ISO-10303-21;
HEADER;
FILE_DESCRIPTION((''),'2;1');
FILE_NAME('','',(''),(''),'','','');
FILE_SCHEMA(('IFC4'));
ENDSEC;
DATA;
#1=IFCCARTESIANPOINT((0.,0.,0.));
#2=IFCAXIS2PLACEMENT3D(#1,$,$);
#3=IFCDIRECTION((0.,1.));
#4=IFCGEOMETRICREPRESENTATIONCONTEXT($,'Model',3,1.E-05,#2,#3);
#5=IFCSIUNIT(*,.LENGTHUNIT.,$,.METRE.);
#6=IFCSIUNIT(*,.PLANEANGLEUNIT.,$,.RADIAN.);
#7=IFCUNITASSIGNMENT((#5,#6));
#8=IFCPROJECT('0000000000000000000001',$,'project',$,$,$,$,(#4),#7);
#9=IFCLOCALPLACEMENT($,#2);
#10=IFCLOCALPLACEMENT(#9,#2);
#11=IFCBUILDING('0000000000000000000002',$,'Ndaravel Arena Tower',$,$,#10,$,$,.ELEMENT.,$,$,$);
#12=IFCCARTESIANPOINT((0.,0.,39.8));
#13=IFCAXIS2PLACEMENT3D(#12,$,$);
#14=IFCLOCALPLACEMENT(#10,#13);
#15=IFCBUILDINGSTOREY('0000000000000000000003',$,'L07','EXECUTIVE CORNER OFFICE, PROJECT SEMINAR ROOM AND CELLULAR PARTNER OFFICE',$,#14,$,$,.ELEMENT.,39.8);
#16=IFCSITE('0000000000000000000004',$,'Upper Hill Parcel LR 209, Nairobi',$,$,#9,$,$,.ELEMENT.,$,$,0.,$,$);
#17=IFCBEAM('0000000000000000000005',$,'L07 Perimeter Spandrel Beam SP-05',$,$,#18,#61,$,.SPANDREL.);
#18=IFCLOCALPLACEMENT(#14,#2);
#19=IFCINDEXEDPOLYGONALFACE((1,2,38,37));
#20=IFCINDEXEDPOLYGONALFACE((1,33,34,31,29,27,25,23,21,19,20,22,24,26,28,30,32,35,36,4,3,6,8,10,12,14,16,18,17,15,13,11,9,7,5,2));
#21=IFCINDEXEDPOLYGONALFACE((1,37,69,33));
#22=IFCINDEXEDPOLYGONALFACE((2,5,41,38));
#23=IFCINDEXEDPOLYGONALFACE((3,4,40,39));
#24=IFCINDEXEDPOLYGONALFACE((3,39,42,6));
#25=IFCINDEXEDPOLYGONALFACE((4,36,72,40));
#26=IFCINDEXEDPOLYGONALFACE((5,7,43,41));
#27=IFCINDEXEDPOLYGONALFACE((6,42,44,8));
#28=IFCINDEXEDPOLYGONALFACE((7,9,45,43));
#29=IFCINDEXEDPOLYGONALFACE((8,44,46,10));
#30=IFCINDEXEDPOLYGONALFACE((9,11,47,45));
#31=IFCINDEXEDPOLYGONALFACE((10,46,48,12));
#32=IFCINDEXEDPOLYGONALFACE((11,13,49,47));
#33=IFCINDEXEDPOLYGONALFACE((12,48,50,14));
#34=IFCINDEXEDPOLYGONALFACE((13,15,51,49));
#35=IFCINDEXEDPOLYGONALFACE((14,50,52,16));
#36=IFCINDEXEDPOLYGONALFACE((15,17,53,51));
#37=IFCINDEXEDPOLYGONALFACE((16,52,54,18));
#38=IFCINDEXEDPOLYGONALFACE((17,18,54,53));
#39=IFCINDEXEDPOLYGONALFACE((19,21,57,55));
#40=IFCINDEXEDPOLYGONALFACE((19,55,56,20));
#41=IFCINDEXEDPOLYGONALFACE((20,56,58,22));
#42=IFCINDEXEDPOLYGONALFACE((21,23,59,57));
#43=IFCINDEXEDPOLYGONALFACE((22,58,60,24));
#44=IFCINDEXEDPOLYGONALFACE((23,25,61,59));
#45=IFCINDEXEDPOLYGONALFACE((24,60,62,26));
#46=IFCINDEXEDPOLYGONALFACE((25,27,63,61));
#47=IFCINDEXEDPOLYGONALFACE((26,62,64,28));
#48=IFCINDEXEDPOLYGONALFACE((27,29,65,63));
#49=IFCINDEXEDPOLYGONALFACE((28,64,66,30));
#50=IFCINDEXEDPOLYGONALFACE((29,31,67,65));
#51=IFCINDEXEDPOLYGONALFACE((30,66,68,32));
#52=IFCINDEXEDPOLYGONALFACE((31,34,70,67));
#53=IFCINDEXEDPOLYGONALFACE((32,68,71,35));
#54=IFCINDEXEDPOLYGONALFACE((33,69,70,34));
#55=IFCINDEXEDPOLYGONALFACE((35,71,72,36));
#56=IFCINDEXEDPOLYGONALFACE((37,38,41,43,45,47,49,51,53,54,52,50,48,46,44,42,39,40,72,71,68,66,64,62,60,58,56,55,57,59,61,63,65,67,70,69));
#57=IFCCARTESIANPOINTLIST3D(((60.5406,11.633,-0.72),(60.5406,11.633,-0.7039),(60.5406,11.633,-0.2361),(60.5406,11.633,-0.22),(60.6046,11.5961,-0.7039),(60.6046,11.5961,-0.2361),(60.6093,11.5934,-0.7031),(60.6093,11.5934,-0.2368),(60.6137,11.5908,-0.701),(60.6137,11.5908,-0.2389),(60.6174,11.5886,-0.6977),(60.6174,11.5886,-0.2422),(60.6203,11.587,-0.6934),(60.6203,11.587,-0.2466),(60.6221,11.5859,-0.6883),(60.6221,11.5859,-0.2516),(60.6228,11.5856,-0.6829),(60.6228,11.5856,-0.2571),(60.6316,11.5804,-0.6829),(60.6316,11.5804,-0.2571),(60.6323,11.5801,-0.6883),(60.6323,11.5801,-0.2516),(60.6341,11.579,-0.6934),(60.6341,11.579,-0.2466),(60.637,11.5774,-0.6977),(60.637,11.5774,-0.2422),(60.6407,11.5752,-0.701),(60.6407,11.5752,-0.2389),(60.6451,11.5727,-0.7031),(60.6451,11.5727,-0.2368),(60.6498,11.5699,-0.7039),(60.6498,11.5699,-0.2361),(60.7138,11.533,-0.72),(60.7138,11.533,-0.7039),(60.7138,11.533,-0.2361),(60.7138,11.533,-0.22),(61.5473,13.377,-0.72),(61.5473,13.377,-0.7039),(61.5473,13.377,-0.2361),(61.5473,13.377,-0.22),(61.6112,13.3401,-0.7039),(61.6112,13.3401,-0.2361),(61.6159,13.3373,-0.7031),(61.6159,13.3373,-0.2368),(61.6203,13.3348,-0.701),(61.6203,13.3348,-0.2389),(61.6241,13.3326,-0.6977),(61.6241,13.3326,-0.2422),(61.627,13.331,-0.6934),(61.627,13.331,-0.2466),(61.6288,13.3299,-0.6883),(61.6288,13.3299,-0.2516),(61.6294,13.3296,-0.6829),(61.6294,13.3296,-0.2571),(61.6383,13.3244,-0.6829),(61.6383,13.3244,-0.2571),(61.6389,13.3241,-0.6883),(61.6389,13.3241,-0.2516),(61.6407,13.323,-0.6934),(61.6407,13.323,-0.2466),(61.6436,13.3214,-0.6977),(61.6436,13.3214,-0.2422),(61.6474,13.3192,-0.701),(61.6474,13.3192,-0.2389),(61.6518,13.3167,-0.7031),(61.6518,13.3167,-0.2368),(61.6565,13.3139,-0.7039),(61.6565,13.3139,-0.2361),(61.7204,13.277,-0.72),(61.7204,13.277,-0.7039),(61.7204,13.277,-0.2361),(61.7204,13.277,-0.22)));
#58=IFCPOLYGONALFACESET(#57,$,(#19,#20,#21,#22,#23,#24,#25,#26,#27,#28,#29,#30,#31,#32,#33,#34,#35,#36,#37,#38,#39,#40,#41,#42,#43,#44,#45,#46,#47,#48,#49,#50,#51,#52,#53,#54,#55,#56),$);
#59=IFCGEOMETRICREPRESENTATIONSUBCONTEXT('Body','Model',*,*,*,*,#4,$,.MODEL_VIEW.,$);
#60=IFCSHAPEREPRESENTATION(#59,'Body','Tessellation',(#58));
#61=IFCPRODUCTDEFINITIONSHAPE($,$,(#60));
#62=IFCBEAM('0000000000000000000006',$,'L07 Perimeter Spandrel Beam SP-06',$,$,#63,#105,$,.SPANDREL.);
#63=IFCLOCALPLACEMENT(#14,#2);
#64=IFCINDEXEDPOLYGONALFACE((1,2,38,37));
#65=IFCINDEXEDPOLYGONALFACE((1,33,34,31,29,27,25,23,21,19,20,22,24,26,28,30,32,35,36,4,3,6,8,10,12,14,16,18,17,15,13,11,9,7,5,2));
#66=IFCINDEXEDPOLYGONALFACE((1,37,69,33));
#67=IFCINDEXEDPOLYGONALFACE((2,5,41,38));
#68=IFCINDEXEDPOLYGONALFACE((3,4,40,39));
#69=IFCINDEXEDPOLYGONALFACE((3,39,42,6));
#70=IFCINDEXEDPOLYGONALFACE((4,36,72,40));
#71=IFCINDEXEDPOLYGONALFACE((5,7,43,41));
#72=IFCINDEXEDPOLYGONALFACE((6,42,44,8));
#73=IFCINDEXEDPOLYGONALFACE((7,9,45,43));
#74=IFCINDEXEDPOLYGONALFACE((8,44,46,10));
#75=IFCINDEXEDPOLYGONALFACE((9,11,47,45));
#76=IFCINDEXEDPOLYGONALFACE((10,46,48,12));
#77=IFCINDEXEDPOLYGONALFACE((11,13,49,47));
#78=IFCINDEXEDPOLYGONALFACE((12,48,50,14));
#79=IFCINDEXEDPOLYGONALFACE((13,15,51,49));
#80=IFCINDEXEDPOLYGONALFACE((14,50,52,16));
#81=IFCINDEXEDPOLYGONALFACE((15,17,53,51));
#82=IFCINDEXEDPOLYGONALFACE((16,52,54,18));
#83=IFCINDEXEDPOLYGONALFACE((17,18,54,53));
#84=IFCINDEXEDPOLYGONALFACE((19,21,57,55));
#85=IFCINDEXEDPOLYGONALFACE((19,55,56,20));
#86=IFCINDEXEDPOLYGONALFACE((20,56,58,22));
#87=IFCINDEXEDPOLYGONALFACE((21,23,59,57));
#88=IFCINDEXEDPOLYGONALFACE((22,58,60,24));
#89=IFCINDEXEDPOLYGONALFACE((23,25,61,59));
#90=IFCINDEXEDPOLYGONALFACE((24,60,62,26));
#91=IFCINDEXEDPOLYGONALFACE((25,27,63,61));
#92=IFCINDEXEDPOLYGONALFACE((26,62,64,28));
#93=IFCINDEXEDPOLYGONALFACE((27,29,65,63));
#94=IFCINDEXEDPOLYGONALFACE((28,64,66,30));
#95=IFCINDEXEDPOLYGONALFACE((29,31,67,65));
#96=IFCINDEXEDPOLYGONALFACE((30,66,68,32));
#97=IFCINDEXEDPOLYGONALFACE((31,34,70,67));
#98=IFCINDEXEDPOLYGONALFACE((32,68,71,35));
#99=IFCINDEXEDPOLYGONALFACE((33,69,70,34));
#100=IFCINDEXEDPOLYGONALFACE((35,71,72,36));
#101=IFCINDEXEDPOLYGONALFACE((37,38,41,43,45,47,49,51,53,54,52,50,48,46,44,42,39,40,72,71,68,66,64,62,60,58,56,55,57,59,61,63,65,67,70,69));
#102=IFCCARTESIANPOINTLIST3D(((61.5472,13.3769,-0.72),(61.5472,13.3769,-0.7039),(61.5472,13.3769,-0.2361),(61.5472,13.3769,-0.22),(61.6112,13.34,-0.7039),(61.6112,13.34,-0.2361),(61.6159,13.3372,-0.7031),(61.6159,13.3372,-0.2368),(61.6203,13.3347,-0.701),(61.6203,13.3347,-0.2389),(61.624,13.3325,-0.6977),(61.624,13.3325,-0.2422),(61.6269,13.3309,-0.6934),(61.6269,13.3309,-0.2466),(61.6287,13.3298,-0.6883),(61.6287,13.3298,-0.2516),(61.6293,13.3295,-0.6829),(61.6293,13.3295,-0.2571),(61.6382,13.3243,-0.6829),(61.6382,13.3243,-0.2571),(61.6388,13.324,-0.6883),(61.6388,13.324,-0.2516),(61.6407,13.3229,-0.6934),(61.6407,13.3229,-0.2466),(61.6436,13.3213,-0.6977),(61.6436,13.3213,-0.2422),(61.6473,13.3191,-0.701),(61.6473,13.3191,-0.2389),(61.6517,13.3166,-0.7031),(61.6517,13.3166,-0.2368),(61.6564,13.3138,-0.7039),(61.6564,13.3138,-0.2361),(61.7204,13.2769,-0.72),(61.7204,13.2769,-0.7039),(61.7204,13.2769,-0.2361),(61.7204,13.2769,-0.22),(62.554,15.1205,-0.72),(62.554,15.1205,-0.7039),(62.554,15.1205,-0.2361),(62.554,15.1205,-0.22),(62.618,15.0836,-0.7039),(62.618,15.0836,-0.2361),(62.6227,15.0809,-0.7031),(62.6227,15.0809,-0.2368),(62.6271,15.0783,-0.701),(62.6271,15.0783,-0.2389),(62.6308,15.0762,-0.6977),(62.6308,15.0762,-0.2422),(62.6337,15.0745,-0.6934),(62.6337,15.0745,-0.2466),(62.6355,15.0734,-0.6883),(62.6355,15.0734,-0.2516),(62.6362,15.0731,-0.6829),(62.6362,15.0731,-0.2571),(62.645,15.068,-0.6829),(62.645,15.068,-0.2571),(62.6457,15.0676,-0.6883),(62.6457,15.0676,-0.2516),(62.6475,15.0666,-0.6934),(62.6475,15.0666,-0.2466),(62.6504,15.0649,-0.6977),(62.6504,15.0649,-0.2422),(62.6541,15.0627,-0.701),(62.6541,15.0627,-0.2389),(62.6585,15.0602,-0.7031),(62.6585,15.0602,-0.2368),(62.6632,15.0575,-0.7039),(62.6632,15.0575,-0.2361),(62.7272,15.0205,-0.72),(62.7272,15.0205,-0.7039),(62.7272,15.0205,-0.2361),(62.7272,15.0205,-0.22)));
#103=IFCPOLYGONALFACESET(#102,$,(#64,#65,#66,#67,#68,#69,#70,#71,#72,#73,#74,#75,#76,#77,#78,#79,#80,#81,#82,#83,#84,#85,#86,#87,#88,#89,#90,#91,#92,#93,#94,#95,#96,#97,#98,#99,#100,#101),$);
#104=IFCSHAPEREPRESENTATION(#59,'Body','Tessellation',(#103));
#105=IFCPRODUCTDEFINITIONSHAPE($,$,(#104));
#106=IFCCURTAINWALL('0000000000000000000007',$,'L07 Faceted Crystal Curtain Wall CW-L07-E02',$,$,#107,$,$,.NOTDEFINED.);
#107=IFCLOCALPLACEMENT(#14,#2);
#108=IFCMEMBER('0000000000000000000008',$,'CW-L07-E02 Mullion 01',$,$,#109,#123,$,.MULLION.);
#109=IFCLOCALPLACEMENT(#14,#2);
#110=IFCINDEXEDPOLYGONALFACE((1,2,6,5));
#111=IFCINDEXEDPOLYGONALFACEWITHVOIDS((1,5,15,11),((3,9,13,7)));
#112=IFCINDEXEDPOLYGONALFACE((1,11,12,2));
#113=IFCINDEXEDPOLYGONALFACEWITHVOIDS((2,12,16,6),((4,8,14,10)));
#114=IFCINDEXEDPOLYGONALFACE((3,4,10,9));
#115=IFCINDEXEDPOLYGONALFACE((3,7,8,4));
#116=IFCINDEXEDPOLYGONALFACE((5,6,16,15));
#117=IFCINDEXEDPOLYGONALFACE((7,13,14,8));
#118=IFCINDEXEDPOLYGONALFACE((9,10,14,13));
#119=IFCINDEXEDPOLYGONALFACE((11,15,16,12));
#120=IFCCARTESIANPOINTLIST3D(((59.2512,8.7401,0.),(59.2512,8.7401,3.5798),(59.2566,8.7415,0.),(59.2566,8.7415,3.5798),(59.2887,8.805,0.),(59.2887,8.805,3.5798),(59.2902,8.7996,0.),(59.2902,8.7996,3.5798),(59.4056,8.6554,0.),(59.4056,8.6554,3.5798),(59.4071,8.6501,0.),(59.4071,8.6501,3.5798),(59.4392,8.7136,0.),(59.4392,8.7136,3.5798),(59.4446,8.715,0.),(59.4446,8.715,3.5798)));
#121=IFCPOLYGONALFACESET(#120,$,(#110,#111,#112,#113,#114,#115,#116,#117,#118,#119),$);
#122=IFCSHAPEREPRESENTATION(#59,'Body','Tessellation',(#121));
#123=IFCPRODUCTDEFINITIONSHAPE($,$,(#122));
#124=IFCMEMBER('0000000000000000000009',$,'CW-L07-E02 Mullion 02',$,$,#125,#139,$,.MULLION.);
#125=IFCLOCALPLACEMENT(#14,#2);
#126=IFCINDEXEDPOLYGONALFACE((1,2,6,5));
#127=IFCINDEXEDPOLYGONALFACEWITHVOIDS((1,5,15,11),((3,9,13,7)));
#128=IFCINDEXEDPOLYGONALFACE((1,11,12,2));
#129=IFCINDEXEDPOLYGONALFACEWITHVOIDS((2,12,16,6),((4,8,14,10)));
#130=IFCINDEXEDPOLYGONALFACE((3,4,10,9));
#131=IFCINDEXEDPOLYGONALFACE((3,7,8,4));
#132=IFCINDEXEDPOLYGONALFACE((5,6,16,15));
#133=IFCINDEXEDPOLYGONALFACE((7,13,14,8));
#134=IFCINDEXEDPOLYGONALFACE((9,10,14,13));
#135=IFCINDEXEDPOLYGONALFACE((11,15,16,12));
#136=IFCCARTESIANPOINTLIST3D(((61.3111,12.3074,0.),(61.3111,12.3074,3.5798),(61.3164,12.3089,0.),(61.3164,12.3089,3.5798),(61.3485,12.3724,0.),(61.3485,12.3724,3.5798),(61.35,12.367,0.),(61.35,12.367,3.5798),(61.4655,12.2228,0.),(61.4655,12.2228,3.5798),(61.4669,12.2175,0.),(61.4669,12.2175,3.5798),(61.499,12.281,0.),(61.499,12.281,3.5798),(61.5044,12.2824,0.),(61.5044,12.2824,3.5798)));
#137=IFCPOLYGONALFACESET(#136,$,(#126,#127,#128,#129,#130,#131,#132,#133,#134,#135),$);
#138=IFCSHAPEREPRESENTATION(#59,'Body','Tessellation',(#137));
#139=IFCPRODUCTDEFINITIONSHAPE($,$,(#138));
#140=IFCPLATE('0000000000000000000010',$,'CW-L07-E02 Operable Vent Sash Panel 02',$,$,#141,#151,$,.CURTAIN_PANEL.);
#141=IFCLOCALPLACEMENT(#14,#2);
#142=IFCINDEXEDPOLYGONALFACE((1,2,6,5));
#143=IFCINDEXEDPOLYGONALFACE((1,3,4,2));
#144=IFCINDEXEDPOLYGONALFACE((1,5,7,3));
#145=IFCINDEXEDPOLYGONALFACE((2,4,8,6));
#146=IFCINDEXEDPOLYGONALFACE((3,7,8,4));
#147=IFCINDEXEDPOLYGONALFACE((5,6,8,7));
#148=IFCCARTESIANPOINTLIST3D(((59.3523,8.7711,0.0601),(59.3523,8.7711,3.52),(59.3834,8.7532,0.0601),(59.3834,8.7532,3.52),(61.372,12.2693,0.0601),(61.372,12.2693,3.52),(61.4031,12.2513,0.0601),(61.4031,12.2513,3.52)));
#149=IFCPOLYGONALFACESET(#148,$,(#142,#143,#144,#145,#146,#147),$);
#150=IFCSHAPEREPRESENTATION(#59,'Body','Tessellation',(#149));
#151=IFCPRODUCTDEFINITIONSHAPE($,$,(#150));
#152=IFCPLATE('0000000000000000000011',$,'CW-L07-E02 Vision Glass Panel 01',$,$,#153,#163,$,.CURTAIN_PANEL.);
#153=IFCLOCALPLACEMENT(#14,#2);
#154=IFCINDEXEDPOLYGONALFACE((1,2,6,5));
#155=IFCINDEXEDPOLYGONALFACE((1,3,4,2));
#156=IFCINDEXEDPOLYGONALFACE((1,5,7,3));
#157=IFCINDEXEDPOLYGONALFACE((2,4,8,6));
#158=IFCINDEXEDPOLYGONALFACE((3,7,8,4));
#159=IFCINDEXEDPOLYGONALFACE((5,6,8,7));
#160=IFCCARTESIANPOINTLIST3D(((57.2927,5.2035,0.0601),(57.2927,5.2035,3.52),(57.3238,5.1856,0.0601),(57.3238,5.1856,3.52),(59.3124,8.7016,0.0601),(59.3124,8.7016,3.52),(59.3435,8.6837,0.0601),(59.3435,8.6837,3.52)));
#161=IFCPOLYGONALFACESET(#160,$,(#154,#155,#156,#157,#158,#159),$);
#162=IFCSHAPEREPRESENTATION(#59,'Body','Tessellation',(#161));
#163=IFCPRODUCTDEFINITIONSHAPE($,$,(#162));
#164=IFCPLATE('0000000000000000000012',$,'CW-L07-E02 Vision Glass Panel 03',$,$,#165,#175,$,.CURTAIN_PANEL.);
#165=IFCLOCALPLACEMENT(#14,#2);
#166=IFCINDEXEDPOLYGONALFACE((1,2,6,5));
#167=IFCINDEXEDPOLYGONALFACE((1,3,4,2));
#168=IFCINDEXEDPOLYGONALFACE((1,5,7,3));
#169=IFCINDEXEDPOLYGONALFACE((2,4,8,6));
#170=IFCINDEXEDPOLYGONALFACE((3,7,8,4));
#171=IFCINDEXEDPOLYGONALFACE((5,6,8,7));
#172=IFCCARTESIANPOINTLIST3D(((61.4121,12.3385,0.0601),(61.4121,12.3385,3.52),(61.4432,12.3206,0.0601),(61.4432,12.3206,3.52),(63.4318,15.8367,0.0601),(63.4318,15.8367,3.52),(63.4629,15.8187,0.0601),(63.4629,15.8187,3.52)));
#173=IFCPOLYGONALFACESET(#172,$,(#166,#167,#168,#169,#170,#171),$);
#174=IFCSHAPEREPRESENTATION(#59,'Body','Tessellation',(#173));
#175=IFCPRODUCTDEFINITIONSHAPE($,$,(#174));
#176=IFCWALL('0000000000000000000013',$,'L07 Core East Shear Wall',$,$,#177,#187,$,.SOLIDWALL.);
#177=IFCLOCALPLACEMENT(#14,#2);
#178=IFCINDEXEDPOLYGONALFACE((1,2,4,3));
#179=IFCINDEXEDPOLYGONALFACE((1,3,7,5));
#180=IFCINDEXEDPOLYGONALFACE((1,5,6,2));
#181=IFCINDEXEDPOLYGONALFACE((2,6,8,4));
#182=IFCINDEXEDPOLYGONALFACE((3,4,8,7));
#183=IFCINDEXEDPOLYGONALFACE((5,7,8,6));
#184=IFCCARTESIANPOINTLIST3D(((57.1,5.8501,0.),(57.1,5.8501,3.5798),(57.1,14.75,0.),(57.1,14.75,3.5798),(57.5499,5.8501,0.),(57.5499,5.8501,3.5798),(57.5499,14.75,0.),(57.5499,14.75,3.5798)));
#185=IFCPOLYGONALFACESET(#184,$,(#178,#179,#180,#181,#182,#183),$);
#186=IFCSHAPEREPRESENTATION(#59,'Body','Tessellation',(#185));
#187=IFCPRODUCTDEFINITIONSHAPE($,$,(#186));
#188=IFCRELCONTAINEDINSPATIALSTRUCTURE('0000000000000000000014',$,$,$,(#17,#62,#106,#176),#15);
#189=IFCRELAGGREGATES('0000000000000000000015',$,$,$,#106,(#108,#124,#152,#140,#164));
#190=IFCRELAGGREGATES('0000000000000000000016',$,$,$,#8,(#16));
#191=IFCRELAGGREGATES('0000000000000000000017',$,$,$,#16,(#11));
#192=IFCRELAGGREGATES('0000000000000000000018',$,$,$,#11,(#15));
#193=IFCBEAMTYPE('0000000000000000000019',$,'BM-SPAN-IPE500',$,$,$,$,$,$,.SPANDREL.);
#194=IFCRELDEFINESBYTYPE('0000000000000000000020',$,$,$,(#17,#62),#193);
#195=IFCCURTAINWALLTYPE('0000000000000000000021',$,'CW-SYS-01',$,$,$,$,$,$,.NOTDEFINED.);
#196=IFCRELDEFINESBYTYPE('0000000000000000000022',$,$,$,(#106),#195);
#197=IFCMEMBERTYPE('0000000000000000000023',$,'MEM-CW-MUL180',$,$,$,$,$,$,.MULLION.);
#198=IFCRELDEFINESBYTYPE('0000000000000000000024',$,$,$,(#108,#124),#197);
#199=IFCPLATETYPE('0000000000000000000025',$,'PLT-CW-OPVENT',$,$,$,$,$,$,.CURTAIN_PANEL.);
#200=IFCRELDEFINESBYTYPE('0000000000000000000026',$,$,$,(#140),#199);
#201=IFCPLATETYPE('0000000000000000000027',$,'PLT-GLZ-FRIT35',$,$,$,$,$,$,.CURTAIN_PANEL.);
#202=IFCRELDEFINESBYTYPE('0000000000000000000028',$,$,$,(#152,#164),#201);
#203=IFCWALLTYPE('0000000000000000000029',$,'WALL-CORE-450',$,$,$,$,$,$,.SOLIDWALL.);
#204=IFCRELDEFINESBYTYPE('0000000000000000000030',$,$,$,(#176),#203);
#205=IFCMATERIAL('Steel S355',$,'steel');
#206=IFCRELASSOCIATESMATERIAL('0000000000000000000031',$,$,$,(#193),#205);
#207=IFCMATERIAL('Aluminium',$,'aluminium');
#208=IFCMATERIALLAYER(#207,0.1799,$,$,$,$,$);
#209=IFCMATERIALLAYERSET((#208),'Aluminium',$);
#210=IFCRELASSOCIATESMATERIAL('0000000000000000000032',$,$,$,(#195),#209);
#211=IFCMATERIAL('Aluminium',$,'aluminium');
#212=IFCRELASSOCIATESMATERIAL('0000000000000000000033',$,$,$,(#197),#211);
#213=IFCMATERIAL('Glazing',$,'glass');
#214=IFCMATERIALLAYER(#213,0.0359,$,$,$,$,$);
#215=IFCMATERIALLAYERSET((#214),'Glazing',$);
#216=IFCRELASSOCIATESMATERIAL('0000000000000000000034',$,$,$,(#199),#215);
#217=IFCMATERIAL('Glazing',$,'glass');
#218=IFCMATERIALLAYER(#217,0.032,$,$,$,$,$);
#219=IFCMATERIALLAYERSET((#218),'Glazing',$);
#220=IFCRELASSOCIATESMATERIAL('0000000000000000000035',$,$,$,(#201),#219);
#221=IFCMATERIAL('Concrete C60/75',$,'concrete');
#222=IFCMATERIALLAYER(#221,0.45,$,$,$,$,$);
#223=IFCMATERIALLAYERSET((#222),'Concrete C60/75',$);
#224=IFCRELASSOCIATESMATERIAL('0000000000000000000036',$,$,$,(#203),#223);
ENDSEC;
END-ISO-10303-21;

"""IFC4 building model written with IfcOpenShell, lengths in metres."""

from ifc_helpers import new_model, si_unit, direction, frame, frame_2d, origin, origin_2d, place, context, subcontext, project, spatial, rectangle, hollow_rectangle, i_section, extrude, material, layer, layer_set, material_profile, profile_set, type_object, element, aggregate, save


model = new_model("IFC4")

# Units and contexts
model_context = context("Model", 3, precision=1e-05, world=origin(), true_north=direction((0.0, 1.0)))
body_context = subcontext(model_context, "Body", "Model", "MODEL_VIEW")
ifc_project = project(units=[si_unit("LENGTHUNIT", "METRE"), si_unit("PLANEANGLEUNIT", "RADIAN")], contexts=[model_context])

# Site, building, storey
site_placement = place(None, origin())
site = spatial("IfcSite", under=ifc_project, at=site_placement, Name="Upper Hill Parcel LR 209, Nairobi", CompositionType="ELEMENT", RefElevation=0.0)
building_placement = place(site_placement, origin())
building = spatial("IfcBuilding", under=site, at=building_placement, Name="Ndaravel Arena Tower", CompositionType="ELEMENT")
storey_placement = place(building_placement, frame((0.0, 0.0, 39.8)))
storey = spatial("IfcBuildingStorey", under=building, at=storey_placement, Name="L07", Description="EXECUTIVE CORNER OFFICE, PROJECT SEMINAR ROOM AND CELLULAR PARTNER OFFICE", CompositionType="ELEMENT", Elevation=39.8)

# Beams
ifc_material_1 = material(Name="Steel S355", Category="steel")
ifc_material_profile_1 = material_profile(ifc_material_1, i_section(OverallWidth=0.2, OverallDepth=0.5, WebThickness=0.0103, FlangeThickness=0.0161, FilletRadius=0.021, at=origin_2d()), Name="IPE 500")
ifc_profile_set_1 = profile_set([ifc_material_profile_1], Name="Steel S355")
beam_type = type_object("IfcBeamType", Name="BM-SPAN-IPE500", PredefinedType="SPANDREL", material=ifc_profile_set_1)
beam_1_placement = place(storey_placement, frame((60.6272, 11.583, -0.47), z_axis=(0.499908, 0.866079, 0.0), x_axis=(-0.866079, 0.499908, 0.0)))
element("IfcBeam", 1, at=beam_1_placement, inside=storey, type_object=beam_type, Name="L07 Perimeter Spandrel Beam SP-05", PredefinedType="SPANDREL", context=body_context, shape_type="SweptSolid", body=[
    extrude(i_section(OverallWidth=0.2, OverallDepth=0.5, WebThickness=0.0103, FlangeThickness=0.0161, FilletRadius=0.021, at=origin_2d()), origin(), (0.0, 0.0, 1.0), 2.0137),
])
beam_2_placement = place(storey_placement, frame((61.6338, 13.3269, -0.47), z_axis=(0.500051, 0.865996, 0.0), x_axis=(-0.865996, 0.500051, 0.0)))
element("IfcBeam", 2, at=beam_2_placement, inside=storey, type_object=beam_type, Name="L07 Perimeter Spandrel Beam SP-06", PredefinedType="SPANDREL", context=body_context, shape_type="SweptSolid", body=[
    extrude(i_section(OverallWidth=0.2, OverallDepth=0.5, WebThickness=0.0103, FlangeThickness=0.0161, FilletRadius=0.021, at=origin_2d()), origin(), (0.0, 0.0, 1.0), 2.0134),
])

# Curtain wall, members, plates
ifc_material_2 = material(Name="Aluminium", Category="aluminium")
ifc_layer_1 = layer(ifc_material_2, 0.1799)
ifc_layer_set_1 = layer_set([ifc_layer_1], Name="Aluminium")
curtain_wall_type = type_object("IfcCurtainWallType", Name="CW-SYS-01", PredefinedType="NOTDEFINED", material=ifc_layer_set_1)
curtain_wall_placement = place(storey_placement, origin())
curtain_wall = element("IfcCurtainWall", 3, at=curtain_wall_placement, inside=storey, type_object=curtain_wall_type, Name="L07 Faceted Crystal Curtain Wall CW-L07-E02", PredefinedType="NOTDEFINED")
ifc_material_3 = material(Name="Aluminium", Category="aluminium")
ifc_material_profile_2 = material_profile(ifc_material_3, hollow_rectangle(XDim=0.075, YDim=0.1799, WallThickness=0.0039, at=origin_2d()), Name="CW MULLION 75x180x4")
ifc_profile_set_2 = profile_set([ifc_material_profile_2], Name="Aluminium")
member_type = type_object("IfcMemberType", Name="MEM-CW-MUL180", PredefinedType="MULLION", material=ifc_profile_set_2)
member_1_placement = place(storey_placement, frame((59.3479, 8.7275, 0.0), z_axis=(0.0, 0.0, 1.0), x_axis=(0.5, 0.866025, 0.0)))
member_1 = element("IfcMember", 4, at=member_1_placement, type_object=member_type, Name="CW-L07-E02 Mullion 01", PredefinedType="MULLION", context=body_context, shape_type="SweptSolid", body=[
    extrude(hollow_rectangle(XDim=0.075, YDim=0.1799, WallThickness=0.0039, at=origin_2d()), origin(), (0.0, 0.0, 1.0), 3.5798),
])
member_2_placement = place(storey_placement, frame((61.4077, 12.2949, 0.0), z_axis=(0.0, 0.0, 1.0), x_axis=(0.5, 0.866025, 0.0)))
member_2 = element("IfcMember", 5, at=member_2_placement, type_object=member_type, Name="CW-L07-E02 Mullion 02", PredefinedType="MULLION", context=body_context, shape_type="SweptSolid", body=[
    extrude(hollow_rectangle(XDim=0.075, YDim=0.1799, WallThickness=0.0039, at=origin_2d()), origin(), (0.0, 0.0, 1.0), 3.5798),
])
ifc_material_4 = material(Name="Glazing", Category="glass")
ifc_layer_2 = layer(ifc_material_4, 0.0359)
ifc_layer_set_2 = layer_set([ifc_layer_2], Name="Glazing")
plate_type_1 = type_object("IfcPlateType", Name="PLT-CW-OPVENT", PredefinedType="CURTAIN_PANEL", material=ifc_layer_set_2)
plate_1_placement = place(storey_placement, frame((60.3777, 10.5112, 0.0601), z_axis=(0.0, 0.0, 1.0), x_axis=(0.5, 0.866025, 0.0)))
plate_1 = element("IfcPlate", 6, at=plate_1_placement, type_object=plate_type_1, Name="CW-L07-E02 Operable Vent Sash Panel 02", PredefinedType="CURTAIN_PANEL", context=body_context, shape_type="SweptSolid", body=[
    extrude(rectangle(XDim=4.0393, YDim=0.0359, at=origin_2d()), origin(), (0.0, 0.0, 1.0), 3.46),
])
ifc_material_5 = material(Name="Glazing", Category="glass")
ifc_layer_3 = layer(ifc_material_5, 0.032)
ifc_layer_set_3 = layer_set([ifc_layer_3], Name="Glazing")
plate_type_2 = type_object("IfcPlateType", Name="PLT-GLZ-FRIT35", PredefinedType="CURTAIN_PANEL", material=ifc_layer_set_3)
plate_2_placement = place(storey_placement, frame((58.3181, 6.9436, 0.0601), z_axis=(0.0, 0.0, 1.0), x_axis=(0.5, 0.866025, 0.0)))
plate_2 = element("IfcPlate", 7, at=plate_2_placement, type_object=plate_type_2, Name="CW-L07-E02 Vision Glass Panel 01", PredefinedType="CURTAIN_PANEL", context=body_context, shape_type="SweptSolid", body=[
    extrude(rectangle(XDim=4.0393, YDim=0.0359, at=origin_2d()), origin(), (0.0, 0.0, 1.0), 3.46),
])
plate_3_placement = place(storey_placement, frame((62.4375, 14.0786, 0.0601), z_axis=(0.0, 0.0, 1.0), x_axis=(0.5, 0.866025, 0.0)))
plate_3 = element("IfcPlate", 8, at=plate_3_placement, type_object=plate_type_2, Name="CW-L07-E02 Vision Glass Panel 03", PredefinedType="CURTAIN_PANEL", context=body_context, shape_type="SweptSolid", body=[
    extrude(rectangle(XDim=4.0393, YDim=0.0359, at=origin_2d()), origin(), (0.0, 0.0, 1.0), 3.46),
])
aggregate(curtain_wall, [member_1, member_2, plate_2, plate_1, plate_3])

# Wall
ifc_material_6 = material(Name="Concrete C60/75", Category="concrete")
ifc_layer_4 = layer(ifc_material_6, 0.45)
ifc_layer_set_4 = layer_set([ifc_layer_4], Name="Concrete C60/75")
wall_type = type_object("IfcWallType", Name="WALL-CORE-450", PredefinedType="SOLIDWALL", material=ifc_layer_set_4)
wall_placement = place(storey_placement, frame((57.325, 5.8501, 0.0), z_axis=(0.0, 0.0, 1.0), x_axis=(0.0, 1.0, 0.0)))
element("IfcWall", 9, at=wall_placement, inside=storey, type_object=wall_type, Name="L07 Core East Shear Wall", PredefinedType="SOLIDWALL", context=body_context, shape_type="SweptSolid", body=[
    extrude(rectangle(XDim=8.8999, YDim=0.45, at=frame_2d((4.45, 0.0))), origin(), (0.0, 0.0, 1.0), 3.5798),
])

save(model, "model.ifc")
